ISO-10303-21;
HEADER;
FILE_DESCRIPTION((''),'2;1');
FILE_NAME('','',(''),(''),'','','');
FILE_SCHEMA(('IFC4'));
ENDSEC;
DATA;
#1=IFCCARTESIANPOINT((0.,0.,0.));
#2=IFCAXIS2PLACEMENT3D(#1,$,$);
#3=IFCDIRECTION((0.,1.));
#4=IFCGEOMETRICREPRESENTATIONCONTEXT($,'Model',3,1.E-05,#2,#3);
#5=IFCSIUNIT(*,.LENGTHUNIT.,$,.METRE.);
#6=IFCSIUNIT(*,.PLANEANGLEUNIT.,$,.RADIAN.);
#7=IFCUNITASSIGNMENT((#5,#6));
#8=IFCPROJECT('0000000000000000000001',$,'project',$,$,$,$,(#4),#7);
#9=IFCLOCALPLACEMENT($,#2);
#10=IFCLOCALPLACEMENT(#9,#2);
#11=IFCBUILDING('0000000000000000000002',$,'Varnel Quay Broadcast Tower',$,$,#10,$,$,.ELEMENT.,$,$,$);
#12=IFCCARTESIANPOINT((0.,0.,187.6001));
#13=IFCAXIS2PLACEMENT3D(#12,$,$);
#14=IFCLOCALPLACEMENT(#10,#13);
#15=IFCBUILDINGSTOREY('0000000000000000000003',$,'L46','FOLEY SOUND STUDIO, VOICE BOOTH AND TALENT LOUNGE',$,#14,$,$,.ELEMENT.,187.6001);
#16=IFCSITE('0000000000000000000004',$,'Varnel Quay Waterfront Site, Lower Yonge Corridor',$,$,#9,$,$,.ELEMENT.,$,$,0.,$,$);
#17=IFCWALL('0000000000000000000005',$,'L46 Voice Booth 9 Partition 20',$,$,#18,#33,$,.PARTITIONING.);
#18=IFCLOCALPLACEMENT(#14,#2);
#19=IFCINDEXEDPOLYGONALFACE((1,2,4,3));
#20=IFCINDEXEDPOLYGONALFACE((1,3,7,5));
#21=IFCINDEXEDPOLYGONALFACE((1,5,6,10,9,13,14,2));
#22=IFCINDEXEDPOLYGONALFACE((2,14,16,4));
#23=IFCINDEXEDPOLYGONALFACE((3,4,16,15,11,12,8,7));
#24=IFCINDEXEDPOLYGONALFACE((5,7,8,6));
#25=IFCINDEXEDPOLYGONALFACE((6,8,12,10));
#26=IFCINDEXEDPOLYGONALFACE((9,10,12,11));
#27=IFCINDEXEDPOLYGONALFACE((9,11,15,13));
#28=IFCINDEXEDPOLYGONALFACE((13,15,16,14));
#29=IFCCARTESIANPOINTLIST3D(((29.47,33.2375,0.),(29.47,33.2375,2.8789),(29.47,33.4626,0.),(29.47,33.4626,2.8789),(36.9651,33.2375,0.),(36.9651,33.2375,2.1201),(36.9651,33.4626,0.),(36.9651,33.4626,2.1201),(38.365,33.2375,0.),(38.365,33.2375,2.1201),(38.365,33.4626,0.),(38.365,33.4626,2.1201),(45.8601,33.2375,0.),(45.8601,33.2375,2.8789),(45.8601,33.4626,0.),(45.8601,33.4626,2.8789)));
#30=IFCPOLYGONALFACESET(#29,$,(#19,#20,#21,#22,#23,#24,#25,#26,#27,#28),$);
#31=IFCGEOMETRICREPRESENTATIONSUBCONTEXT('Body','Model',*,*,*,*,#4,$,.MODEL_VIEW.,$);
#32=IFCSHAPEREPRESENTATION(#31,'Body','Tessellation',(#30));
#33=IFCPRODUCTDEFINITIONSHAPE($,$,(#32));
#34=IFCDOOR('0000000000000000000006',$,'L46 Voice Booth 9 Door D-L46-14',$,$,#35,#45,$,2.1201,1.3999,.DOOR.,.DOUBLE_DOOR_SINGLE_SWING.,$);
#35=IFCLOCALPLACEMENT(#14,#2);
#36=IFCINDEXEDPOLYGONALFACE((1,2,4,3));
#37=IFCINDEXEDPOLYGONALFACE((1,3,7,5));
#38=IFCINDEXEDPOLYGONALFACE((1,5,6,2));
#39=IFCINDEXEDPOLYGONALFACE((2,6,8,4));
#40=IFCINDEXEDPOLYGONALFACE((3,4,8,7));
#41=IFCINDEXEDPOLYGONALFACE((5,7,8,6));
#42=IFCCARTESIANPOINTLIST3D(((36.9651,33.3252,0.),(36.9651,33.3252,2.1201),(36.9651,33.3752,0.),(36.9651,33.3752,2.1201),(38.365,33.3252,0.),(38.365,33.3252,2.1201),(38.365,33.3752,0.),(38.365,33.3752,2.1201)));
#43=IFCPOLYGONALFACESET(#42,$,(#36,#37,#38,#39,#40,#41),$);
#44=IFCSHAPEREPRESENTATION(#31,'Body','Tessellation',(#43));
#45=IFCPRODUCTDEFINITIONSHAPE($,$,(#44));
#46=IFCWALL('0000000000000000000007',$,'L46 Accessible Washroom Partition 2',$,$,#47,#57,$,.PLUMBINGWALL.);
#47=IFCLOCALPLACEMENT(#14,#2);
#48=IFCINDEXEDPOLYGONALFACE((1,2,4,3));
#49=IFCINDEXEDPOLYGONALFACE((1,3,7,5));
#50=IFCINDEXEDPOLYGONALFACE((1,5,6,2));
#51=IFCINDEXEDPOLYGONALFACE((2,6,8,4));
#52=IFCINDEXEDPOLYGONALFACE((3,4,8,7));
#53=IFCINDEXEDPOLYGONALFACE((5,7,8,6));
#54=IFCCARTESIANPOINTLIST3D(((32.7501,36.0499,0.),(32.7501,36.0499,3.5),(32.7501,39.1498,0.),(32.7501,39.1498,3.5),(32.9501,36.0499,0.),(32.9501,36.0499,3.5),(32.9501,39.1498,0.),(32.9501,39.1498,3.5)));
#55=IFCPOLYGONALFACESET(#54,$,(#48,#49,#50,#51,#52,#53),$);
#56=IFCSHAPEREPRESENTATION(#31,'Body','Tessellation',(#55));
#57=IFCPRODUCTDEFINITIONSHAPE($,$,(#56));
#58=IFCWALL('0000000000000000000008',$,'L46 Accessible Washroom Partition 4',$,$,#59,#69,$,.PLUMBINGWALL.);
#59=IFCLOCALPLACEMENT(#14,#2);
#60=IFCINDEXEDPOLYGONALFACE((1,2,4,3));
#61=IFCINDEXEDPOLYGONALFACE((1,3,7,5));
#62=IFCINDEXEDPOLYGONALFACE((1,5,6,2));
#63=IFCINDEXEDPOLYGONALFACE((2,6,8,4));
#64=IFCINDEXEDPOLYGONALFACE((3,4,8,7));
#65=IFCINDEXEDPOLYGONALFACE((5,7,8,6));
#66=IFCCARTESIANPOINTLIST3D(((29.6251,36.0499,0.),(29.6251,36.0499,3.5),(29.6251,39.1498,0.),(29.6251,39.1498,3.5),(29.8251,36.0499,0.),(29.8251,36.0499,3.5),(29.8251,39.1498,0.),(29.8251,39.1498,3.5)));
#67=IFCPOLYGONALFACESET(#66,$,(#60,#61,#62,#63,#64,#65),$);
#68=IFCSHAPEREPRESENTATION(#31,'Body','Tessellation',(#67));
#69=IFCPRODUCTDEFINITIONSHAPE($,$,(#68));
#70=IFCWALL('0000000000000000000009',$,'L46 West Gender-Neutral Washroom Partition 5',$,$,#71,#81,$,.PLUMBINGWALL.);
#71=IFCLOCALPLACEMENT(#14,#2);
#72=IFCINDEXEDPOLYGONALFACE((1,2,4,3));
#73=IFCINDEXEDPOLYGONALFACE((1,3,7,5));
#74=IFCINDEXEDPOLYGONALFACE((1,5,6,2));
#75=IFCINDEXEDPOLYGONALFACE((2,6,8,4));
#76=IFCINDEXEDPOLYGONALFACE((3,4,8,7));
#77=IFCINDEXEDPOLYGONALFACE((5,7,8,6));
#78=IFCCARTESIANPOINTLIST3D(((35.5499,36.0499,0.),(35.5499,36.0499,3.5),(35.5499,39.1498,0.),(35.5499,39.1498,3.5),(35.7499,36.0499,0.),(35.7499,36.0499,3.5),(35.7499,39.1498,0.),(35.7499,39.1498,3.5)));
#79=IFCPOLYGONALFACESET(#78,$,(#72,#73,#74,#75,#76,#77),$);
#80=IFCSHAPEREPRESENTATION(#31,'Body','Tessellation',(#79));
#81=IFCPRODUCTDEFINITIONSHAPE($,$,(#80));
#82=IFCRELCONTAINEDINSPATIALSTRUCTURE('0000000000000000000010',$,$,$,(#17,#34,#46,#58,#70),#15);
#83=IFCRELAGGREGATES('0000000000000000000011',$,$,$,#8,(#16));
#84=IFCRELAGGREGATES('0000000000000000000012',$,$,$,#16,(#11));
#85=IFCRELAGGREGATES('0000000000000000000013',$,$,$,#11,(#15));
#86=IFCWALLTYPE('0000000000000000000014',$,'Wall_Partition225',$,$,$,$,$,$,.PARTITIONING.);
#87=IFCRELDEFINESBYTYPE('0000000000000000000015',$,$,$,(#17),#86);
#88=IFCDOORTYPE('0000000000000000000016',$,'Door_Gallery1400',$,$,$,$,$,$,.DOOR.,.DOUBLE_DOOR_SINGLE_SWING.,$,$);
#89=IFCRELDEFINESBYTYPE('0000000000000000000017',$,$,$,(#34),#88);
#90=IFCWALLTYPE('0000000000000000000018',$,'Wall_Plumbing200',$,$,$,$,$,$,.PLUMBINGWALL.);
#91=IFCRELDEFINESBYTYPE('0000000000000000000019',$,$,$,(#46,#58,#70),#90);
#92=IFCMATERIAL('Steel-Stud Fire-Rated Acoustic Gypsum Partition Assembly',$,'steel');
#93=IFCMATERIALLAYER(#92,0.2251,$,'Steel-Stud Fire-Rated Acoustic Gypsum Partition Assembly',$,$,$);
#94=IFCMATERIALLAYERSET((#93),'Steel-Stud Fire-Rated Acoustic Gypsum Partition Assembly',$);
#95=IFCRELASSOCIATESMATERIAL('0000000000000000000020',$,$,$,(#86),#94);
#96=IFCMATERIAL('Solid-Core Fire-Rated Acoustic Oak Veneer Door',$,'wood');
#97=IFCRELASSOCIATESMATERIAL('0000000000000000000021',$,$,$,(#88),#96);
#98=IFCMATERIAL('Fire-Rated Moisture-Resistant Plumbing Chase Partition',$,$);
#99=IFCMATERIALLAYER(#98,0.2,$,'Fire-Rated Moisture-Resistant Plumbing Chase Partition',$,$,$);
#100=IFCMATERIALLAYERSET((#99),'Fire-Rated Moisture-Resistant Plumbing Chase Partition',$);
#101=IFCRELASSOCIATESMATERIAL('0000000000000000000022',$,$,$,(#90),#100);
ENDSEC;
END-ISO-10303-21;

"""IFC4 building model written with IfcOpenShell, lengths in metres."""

from ifc_helpers import new_model, si_unit, direction, frame, frame_2d, origin, place, context, subcontext, project, spatial, rectangle, extrude, source, transform, mapped, material, layer, layer_set, type_object, type_shapes, element, fill, save


model = new_model("IFC4")

# Units and contexts
model_context = context("Model", 3, precision=1e-05, world=origin(), true_north=direction((0.0, 1.0)))
body_context = subcontext(model_context, "Body", "Model", "MODEL_VIEW")
ifc_project = project(units=[si_unit("LENGTHUNIT", "METRE"), si_unit("PLANEANGLEUNIT", "RADIAN")], contexts=[model_context])

# Site, building, storey
site_placement = place(None, origin())
site = spatial("IfcSite", under=ifc_project, at=site_placement, Name="Varnel Quay Waterfront Site, Lower Yonge Corridor", CompositionType="ELEMENT", RefElevation=0.0)
building_placement = place(site_placement, origin())
building = spatial("IfcBuilding", under=site, at=building_placement, Name="Varnel Quay Broadcast Tower", CompositionType="ELEMENT")
storey_placement = place(building_placement, frame((0.0, 0.0, 187.6001)))
storey = spatial("IfcBuildingStorey", under=building, at=storey_placement, Name="L46", Description="FOLEY SOUND STUDIO, VOICE BOOTH AND TALENT LOUNGE", CompositionType="ELEMENT", Elevation=187.6001)

# Shared definitions
ifc_material_1 = material(Name="Solid-Core Fire-Rated Acoustic Oak Veneer Door", Category="wood")

# Shared definitions
ifc_material_2 = material(Name="Steel-Stud Fire-Rated Acoustic Gypsum Partition Assembly", Category="steel")

# Wall, opening, door
ifc_layer_1 = layer(ifc_material_2, 0.2251, Name="Steel-Stud Fire-Rated Acoustic Gypsum Partition Assembly")
ifc_layer_set_1 = layer_set([ifc_layer_1], Name="Steel-Stud Fire-Rated Acoustic Gypsum Partition Assembly")
wall_type_1 = type_object("IfcWallType", Name="Wall_Partition225", PredefinedType="PARTITIONING", material=ifc_layer_set_1)
wall_1_placement = place(storey_placement, frame((29.47, 33.3501, 0.0), z_axis=(0.0, 0.0, 1.0), x_axis=(1.0, 0.0, 0.0)))
wall_1 = element("IfcWall", 1, at=wall_1_placement, inside=storey, type_object=wall_type_1, Name="L46 Voice Booth 9 Partition 20", PredefinedType="PARTITIONING", context=body_context, shape_type="SweptSolid", body=[
    extrude(rectangle(XDim=16.3901, YDim=0.2251, at=frame_2d((8.1951, 0.0))), origin(), (0.0, 0.0, 1.0), 2.8789),
])
opening_1_placement = place(wall_1_placement, frame((7.4951, 0.0, 0.0)))
opening_1 = element("IfcOpeningElement", 2, at=opening_1_placement, cuts=wall_1, PredefinedType="OPENING", context=body_context, shape_type="SweptSolid", body=[
    extrude(rectangle(XDim=1.3999, YDim=2.1201, at=frame_2d((0.7, 1.0601))), frame((0.0, 0.1226, 0.0), z_axis=(0.0, -1.0, 0.0), x_axis=(1.0, 0.0, 0.0)), (0.0, 0.0, 1.0), 0.2451),
])
door_type_1 = type_object("IfcDoorType", Name="Door_Gallery1400", OperationType="DOUBLE_DOOR_SINGLE_SWING", PredefinedType="DOOR", material=ifc_material_1)
shared_shape_1 = source(origin(), body_context, "Body", "SweptSolid", [
    extrude(rectangle(XDim=1.3999, YDim=2.1201, at=frame_2d((0.7, 1.0601))), frame((0.0, 0.0249, 0.0), z_axis=(0.0, -1.0, 0.0), x_axis=(1.0, 0.0, 0.0)), (0.0, 0.0, 1.0), 0.05),
])
type_shapes(door_type_1, [shared_shape_1])
door_1_placement = place(opening_1_placement, frame((1.3999, 0.0, 0.0), z_axis=(0.0, 0.0, 1.0), x_axis=(-1.0, 0.0, 0.0)))
door_1 = element("IfcDoor", 3, at=door_1_placement, inside=storey, type_object=door_type_1, Name="L46 Voice Booth 9 Door D-L46-14", OperationType="DOUBLE_DOOR_SINGLE_SWING", OverallHeight=2.1201, OverallWidth=1.3999, PredefinedType="DOOR", context=body_context, shape_type="MappedRepresentation", body=[
    mapped(shared_shape_1, transform((0.0, 0.0, 0.0), x_axis=(1.0, 0.0, 0.0), y_axis=(0.0, 1.0, 0.0), z_axis=(0.0, 0.0, 1.0), scale=1.0)),
])
fill(opening_1, door_1)

# Walls
ifc_material_3 = material(Name="Fire-Rated Moisture-Resistant Plumbing Chase Partition")
ifc_layer_2 = layer(ifc_material_3, 0.2, Name="Fire-Rated Moisture-Resistant Plumbing Chase Partition")
ifc_layer_set_2 = layer_set([ifc_layer_2], Name="Fire-Rated Moisture-Resistant Plumbing Chase Partition")
wall_type_2 = type_object("IfcWallType", Name="Wall_Plumbing200", PredefinedType="PLUMBINGWALL", material=ifc_layer_set_2)
for number, where, z_axis, x_axis, name in (
    (4, (32.8501, 36.05, 0.0), (0.0, 0.0, 1.0), (0.0, 1.0, 0.0), "L46 Accessible Washroom Partition 2"),
    (5, (29.7251, 36.05, 0.0), (0.0, 0.0, 1.0), (0.0, 1.0, 0.0), "L46 Accessible Washroom Partition 4"),
    (6, (35.6499, 36.05, 0.0), (0.0, 0.0, 1.0), (0.0, 1.0, 0.0), "L46 West Gender-Neutral Washroom Partition 5"),
):
    element("IfcWall", number, at=place(storey_placement, frame(where, z_axis=z_axis, x_axis=x_axis)), inside=storey, type_object=wall_type_2, Name=name, PredefinedType="PLUMBINGWALL", context=body_context, shape_type="SweptSolid", body=[
        extrude(rectangle(XDim=3.0999, YDim=0.2, at=frame_2d((1.5498, 0.0))), origin(), (0.0, 0.0, 1.0), 3.5),
    ])

save(model, "model.ifc")
